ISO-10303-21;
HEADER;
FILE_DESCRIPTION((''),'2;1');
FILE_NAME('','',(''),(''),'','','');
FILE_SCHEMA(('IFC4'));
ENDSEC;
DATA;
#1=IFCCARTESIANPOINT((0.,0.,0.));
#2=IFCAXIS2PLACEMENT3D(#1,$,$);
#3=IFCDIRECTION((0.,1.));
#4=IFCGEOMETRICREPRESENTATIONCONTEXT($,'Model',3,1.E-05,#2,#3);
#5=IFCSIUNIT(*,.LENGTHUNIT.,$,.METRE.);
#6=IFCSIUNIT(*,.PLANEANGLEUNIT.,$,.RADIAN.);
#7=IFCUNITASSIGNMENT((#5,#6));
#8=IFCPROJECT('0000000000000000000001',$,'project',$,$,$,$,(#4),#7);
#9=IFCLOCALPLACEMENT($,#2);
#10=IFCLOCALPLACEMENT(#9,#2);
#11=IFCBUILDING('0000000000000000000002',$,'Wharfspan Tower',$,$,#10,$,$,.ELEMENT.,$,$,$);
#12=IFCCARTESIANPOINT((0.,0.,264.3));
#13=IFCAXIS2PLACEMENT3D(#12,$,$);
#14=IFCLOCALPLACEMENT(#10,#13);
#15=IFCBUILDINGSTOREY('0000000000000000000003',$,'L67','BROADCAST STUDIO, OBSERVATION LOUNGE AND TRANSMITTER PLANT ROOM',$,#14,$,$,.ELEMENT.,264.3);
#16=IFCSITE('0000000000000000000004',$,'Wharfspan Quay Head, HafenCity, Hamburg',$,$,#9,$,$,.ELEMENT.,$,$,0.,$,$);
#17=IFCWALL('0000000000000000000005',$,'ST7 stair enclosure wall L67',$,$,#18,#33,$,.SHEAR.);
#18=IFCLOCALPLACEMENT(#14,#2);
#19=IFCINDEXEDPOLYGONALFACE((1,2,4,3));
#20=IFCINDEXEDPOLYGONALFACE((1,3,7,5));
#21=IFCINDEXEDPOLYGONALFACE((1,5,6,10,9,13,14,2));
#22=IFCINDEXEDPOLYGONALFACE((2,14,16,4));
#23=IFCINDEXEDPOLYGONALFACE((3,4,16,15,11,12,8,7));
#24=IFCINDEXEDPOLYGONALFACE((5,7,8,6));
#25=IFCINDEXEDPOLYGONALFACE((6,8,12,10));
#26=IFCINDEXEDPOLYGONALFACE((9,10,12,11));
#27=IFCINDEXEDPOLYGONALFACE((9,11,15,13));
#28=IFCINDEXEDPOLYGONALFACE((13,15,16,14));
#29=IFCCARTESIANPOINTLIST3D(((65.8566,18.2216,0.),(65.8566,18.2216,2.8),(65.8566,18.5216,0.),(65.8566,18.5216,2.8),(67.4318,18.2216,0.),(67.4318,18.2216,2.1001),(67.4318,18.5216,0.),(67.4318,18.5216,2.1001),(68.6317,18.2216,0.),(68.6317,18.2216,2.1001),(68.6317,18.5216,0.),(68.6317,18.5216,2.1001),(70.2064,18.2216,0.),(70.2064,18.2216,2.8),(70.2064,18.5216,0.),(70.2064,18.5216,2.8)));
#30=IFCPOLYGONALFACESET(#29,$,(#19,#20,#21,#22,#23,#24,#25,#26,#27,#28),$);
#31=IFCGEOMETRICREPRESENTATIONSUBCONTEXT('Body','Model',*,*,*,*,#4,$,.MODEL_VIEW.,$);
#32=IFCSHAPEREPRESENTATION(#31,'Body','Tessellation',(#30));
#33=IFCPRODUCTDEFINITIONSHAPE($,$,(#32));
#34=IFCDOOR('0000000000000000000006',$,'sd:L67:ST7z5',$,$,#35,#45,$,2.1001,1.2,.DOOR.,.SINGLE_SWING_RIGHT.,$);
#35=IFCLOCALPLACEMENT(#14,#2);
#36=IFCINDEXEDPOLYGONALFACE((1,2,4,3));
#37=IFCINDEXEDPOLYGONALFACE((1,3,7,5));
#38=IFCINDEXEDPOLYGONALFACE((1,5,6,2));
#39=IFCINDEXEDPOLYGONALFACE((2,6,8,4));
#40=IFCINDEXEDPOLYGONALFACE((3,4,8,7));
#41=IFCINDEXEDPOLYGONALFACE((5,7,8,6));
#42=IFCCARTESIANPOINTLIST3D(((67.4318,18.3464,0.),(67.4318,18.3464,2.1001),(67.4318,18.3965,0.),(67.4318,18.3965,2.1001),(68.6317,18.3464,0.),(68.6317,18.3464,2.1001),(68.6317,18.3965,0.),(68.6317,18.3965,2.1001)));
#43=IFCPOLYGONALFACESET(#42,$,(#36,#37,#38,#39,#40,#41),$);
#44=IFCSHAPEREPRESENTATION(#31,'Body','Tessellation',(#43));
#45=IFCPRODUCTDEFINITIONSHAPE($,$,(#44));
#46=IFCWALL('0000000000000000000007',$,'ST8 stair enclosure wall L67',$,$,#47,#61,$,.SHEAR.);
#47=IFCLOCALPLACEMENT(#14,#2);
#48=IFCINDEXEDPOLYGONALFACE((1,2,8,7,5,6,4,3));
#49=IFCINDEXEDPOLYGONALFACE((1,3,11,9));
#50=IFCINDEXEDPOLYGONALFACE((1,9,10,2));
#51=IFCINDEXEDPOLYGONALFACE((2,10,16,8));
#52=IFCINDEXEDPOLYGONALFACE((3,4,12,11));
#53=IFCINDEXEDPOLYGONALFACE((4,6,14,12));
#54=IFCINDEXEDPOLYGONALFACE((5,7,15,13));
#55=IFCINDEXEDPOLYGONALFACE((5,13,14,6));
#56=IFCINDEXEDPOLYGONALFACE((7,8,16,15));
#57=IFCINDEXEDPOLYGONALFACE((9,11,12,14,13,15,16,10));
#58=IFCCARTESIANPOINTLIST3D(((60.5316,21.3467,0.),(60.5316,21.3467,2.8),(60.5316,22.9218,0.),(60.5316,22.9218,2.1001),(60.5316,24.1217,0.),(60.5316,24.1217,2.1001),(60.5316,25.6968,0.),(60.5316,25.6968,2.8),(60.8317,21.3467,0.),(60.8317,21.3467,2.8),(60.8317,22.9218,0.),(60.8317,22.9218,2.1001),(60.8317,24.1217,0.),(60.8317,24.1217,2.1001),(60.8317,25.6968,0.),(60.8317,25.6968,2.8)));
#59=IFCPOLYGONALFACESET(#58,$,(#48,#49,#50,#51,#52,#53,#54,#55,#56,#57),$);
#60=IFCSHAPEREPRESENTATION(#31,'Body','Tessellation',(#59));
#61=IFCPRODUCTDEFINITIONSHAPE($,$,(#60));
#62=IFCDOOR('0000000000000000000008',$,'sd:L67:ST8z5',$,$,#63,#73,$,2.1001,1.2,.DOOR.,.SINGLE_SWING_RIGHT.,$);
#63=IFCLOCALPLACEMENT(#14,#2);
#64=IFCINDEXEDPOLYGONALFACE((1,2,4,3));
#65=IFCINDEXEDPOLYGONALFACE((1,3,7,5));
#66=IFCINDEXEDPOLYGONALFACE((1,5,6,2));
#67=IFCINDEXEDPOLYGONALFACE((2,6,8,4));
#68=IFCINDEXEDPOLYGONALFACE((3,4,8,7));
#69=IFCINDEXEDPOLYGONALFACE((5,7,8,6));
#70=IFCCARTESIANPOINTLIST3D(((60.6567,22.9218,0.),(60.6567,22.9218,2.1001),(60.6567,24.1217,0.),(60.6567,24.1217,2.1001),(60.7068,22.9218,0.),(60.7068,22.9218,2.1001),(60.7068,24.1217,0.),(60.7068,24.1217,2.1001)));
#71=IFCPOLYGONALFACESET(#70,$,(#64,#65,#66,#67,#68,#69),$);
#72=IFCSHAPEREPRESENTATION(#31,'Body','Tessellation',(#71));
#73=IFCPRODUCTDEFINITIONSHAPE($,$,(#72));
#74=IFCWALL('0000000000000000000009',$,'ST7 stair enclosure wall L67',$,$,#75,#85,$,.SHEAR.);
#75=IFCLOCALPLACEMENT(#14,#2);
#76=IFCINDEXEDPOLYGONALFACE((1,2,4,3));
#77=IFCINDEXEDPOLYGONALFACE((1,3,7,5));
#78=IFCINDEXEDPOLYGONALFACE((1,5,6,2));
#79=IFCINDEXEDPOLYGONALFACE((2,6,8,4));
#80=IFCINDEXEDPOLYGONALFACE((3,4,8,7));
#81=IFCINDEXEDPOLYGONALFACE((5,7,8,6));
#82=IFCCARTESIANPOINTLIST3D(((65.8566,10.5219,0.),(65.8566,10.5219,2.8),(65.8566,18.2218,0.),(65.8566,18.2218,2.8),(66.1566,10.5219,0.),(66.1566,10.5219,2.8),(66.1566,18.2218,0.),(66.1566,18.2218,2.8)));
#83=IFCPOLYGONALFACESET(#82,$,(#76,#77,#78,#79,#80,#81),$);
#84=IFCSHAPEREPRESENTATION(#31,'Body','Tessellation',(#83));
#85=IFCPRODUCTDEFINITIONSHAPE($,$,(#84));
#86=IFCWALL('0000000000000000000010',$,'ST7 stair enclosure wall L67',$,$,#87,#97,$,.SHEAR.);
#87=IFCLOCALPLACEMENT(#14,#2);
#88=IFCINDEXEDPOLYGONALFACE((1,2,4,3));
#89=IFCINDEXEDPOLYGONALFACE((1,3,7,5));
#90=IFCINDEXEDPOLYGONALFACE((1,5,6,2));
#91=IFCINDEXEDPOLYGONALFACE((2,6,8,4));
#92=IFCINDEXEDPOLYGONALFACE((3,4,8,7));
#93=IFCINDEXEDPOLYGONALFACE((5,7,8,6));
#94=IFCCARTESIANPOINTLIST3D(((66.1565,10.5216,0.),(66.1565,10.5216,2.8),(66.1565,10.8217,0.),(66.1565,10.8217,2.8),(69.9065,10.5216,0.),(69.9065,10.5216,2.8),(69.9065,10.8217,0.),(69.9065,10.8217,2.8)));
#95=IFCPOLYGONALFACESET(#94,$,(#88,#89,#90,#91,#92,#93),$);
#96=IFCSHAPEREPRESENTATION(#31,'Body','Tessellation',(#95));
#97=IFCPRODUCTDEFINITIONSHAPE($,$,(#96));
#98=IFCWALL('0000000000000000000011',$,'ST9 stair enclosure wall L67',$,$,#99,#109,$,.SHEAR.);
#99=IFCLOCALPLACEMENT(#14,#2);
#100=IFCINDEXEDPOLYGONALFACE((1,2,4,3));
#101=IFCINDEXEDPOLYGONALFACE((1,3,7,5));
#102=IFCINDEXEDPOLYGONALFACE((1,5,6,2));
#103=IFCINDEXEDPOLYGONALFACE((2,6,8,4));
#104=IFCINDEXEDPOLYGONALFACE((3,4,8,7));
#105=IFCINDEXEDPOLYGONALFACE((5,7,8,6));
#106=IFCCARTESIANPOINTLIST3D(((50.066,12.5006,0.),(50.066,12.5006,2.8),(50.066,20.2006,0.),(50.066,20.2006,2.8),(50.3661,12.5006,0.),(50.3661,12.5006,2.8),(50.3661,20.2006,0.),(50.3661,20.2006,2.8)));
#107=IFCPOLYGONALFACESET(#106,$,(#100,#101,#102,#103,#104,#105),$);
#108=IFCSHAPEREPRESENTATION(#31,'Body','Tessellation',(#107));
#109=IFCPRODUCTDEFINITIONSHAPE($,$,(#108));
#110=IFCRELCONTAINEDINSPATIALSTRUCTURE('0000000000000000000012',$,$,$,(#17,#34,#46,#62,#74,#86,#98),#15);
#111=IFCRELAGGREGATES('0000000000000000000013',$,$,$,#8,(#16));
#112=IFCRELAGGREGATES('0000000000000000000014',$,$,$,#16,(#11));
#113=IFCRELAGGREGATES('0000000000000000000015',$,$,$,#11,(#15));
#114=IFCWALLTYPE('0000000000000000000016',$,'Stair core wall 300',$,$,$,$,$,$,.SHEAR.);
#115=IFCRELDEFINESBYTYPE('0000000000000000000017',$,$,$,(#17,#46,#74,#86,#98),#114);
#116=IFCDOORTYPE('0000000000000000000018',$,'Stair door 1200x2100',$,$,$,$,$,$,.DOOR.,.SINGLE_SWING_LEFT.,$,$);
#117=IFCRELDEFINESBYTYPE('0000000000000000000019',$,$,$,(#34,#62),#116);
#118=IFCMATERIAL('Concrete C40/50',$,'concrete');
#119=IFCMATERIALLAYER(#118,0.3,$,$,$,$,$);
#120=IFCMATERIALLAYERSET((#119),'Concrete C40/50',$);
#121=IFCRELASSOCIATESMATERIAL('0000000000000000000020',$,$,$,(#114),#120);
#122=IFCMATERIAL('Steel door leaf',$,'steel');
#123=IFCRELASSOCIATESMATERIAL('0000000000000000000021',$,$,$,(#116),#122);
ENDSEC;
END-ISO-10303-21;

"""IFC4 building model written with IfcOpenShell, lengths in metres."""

from ifc_helpers import new_model, si_unit, direction, frame, frame_2d, origin, place, context, subcontext, project, spatial, rectangle, extrude, material, layer, layer_set, type_object, element, fill, save


model = new_model("IFC4")

# Units and contexts
model_context = context("Model", 3, precision=1e-05, world=origin(), true_north=direction((0.0, 1.0)))
body_context = subcontext(model_context, "Body", "Model", "MODEL_VIEW")
ifc_project = project(units=[si_unit("LENGTHUNIT", "METRE"), si_unit("PLANEANGLEUNIT", "RADIAN")], contexts=[model_context])

# Site, building, storey
site_placement = place(None, origin())
site = spatial("IfcSite", under=ifc_project, at=site_placement, Name="Wharfspan Quay Head, HafenCity, Hamburg", CompositionType="ELEMENT", RefElevation=0.0)
building_placement = place(site_placement, origin())
building = spatial("IfcBuilding", under=site, at=building_placement, Name="Wharfspan Tower", CompositionType="ELEMENT")
storey_placement = place(building_placement, frame((0.0, 0.0, 264.3)))
storey = spatial("IfcBuildingStorey", under=building, at=storey_placement, Name="L67", Description="BROADCAST STUDIO, OBSERVATION LOUNGE AND TRANSMITTER PLANT ROOM", CompositionType="ELEMENT", Elevation=264.3)

# Walls, openings, doors
ifc_material_1 = material(Name="Concrete C40/50", Category="concrete")
ifc_layer_1 = layer(ifc_material_1, 0.3)
ifc_layer_set_1 = layer_set([ifc_layer_1], Name="Concrete C40/50")
wall_type_1 = type_object("IfcWallType", Name="Stair core wall 300", PredefinedType="SHEAR", material=ifc_layer_set_1)
wall_1_placement = place(storey_placement, frame((65.8567, 18.3716, 0.0), z_axis=(0.0, 0.0, 1.0), x_axis=(1.0, 0.0, 0.0)))
wall_1 = element("IfcWall", 1, at=wall_1_placement, inside=storey, type_object=wall_type_1, Name="ST7 stair enclosure wall L67", PredefinedType="SHEAR", context=body_context, shape_type="SweptSolid", body=[
    extrude(rectangle(XDim=4.3499, YDim=0.3, at=frame_2d((2.1748, 0.0))), origin(), (0.0, 0.0, 1.0), 2.8),
])
opening_1_placement = place(wall_1_placement, frame((1.575, 0.0, 0.0)))
opening_1 = element("IfcOpeningElement", 2, at=opening_1_placement, cuts=wall_1, PredefinedType="OPENING", context=body_context, shape_type="SweptSolid", body=[
    extrude(rectangle(XDim=1.2, YDim=2.1001, at=frame_2d((0.6001, 1.05))), frame((0.0, 0.1599, 0.0), z_axis=(0.0, -1.0, 0.0), x_axis=(1.0, 0.0, 0.0)), (0.0, 0.0, 1.0), 0.3201),
])
ifc_material_2 = material(Name="Steel door leaf", Category="steel")
door_type = type_object("IfcDoorType", Name="Stair door 1200x2100", OperationType="SINGLE_SWING_LEFT", PredefinedType="DOOR", material=ifc_material_2)
door_1_placement = place(opening_1_placement, origin())
door_1 = element("IfcDoor", 3, at=door_1_placement, inside=storey, type_object=door_type, Name="sd:L67:ST7z5", OperationType="SINGLE_SWING_RIGHT", OverallHeight=2.1001, OverallWidth=1.2, PredefinedType="DOOR", context=body_context, shape_type="SweptSolid", body=[
    extrude(rectangle(XDim=1.2, YDim=2.1001, at=frame_2d((0.6001, 1.05))), frame((0.0, 0.0249, 0.0), z_axis=(0.0, -1.0, 0.0), x_axis=(1.0, 0.0, 0.0)), (0.0, 0.0, 1.0), 0.05),
])
fill(opening_1, door_1)
wall_2_placement = place(storey_placement, frame((60.6816, 21.3467, 0.0), z_axis=(0.0, 0.0, 1.0), x_axis=(0.0, 1.0, 0.0)))
wall_2 = element("IfcWall", 4, at=wall_2_placement, inside=storey, type_object=wall_type_1, Name="ST8 stair enclosure wall L67", PredefinedType="SHEAR", context=body_context, shape_type="SweptSolid", body=[
    extrude(rectangle(XDim=4.3501, YDim=0.3, at=frame_2d((2.175, 0.0))), origin(), (0.0, 0.0, 1.0), 2.8),
])
opening_2_placement = place(wall_2_placement, frame((1.575, 0.0, 0.0)))
opening_2 = element("IfcOpeningElement", 5, at=opening_2_placement, cuts=wall_2, PredefinedType="OPENING", context=body_context, shape_type="SweptSolid", body=[
    extrude(rectangle(XDim=1.2, YDim=2.1001, at=frame_2d((0.6001, 1.05))), frame((0.0, 0.1599, 0.0), z_axis=(0.0, -1.0, 0.0), x_axis=(1.0, 0.0, 0.0)), (0.0, 0.0, 1.0), 0.3201),
])
door_2_placement = place(opening_2_placement, origin())
door_2 = element("IfcDoor", 6, at=door_2_placement, inside=storey, type_object=door_type, Name="sd:L67:ST8z5", OperationType="SINGLE_SWING_RIGHT", OverallHeight=2.1001, OverallWidth=1.2, PredefinedType="DOOR", context=body_context, shape_type="SweptSolid", body=[
    extrude(rectangle(XDim=1.2, YDim=2.1001, at=frame_2d((0.6001, 1.05))), frame((0.0, 0.0249, 0.0), z_axis=(0.0, -1.0, 0.0), x_axis=(1.0, 0.0, 0.0)), (0.0, 0.0, 1.0), 0.05),
])
fill(opening_2, door_2)

# Walls
wall_3_placement = place(storey_placement, frame((66.0066, 10.5217, 0.0), z_axis=(0.0, 0.0, 1.0), x_axis=(0.0, 1.0, 0.0)))
element("IfcWall", 7, at=wall_3_placement, inside=storey, type_object=wall_type_1, Name="ST7 stair enclosure wall L67", PredefinedType="SHEAR", context=body_context, shape_type="SweptSolid", body=[
    extrude(rectangle(XDim=7.7, YDim=0.3, at=frame_2d((3.8501, 0.0))), origin(), (0.0, 0.0, 1.0), 2.8),
])
wall_4_placement = place(storey_placement, frame((66.1565, 10.6716, 0.0), z_axis=(0.0, 0.0, 1.0), x_axis=(1.0, 0.0, 0.0)))
element("IfcWall", 8, at=wall_4_placement, inside=storey, type_object=wall_type_1, Name="ST7 stair enclosure wall L67", PredefinedType="SHEAR", context=body_context, shape_type="SweptSolid", body=[
    extrude(rectangle(XDim=3.75, YDim=0.3, at=frame_2d((1.875, 0.0))), origin(), (0.0, 0.0, 1.0), 2.8),
])
wall_5_placement = place(storey_placement, frame((50.2161, 12.5005, 0.0), z_axis=(0.0, 0.0, 1.0), x_axis=(0.0, 1.0, 0.0)))
element("IfcWall", 9, at=wall_5_placement, inside=storey, type_object=wall_type_1, Name="ST9 stair enclosure wall L67", PredefinedType="SHEAR", context=body_context, shape_type="SweptSolid", body=[
    extrude(rectangle(XDim=7.7, YDim=0.3, at=frame_2d((3.8501, 0.0))), origin(), (0.0, 0.0, 1.0), 2.8),
])

save(model, "model.ifc")
